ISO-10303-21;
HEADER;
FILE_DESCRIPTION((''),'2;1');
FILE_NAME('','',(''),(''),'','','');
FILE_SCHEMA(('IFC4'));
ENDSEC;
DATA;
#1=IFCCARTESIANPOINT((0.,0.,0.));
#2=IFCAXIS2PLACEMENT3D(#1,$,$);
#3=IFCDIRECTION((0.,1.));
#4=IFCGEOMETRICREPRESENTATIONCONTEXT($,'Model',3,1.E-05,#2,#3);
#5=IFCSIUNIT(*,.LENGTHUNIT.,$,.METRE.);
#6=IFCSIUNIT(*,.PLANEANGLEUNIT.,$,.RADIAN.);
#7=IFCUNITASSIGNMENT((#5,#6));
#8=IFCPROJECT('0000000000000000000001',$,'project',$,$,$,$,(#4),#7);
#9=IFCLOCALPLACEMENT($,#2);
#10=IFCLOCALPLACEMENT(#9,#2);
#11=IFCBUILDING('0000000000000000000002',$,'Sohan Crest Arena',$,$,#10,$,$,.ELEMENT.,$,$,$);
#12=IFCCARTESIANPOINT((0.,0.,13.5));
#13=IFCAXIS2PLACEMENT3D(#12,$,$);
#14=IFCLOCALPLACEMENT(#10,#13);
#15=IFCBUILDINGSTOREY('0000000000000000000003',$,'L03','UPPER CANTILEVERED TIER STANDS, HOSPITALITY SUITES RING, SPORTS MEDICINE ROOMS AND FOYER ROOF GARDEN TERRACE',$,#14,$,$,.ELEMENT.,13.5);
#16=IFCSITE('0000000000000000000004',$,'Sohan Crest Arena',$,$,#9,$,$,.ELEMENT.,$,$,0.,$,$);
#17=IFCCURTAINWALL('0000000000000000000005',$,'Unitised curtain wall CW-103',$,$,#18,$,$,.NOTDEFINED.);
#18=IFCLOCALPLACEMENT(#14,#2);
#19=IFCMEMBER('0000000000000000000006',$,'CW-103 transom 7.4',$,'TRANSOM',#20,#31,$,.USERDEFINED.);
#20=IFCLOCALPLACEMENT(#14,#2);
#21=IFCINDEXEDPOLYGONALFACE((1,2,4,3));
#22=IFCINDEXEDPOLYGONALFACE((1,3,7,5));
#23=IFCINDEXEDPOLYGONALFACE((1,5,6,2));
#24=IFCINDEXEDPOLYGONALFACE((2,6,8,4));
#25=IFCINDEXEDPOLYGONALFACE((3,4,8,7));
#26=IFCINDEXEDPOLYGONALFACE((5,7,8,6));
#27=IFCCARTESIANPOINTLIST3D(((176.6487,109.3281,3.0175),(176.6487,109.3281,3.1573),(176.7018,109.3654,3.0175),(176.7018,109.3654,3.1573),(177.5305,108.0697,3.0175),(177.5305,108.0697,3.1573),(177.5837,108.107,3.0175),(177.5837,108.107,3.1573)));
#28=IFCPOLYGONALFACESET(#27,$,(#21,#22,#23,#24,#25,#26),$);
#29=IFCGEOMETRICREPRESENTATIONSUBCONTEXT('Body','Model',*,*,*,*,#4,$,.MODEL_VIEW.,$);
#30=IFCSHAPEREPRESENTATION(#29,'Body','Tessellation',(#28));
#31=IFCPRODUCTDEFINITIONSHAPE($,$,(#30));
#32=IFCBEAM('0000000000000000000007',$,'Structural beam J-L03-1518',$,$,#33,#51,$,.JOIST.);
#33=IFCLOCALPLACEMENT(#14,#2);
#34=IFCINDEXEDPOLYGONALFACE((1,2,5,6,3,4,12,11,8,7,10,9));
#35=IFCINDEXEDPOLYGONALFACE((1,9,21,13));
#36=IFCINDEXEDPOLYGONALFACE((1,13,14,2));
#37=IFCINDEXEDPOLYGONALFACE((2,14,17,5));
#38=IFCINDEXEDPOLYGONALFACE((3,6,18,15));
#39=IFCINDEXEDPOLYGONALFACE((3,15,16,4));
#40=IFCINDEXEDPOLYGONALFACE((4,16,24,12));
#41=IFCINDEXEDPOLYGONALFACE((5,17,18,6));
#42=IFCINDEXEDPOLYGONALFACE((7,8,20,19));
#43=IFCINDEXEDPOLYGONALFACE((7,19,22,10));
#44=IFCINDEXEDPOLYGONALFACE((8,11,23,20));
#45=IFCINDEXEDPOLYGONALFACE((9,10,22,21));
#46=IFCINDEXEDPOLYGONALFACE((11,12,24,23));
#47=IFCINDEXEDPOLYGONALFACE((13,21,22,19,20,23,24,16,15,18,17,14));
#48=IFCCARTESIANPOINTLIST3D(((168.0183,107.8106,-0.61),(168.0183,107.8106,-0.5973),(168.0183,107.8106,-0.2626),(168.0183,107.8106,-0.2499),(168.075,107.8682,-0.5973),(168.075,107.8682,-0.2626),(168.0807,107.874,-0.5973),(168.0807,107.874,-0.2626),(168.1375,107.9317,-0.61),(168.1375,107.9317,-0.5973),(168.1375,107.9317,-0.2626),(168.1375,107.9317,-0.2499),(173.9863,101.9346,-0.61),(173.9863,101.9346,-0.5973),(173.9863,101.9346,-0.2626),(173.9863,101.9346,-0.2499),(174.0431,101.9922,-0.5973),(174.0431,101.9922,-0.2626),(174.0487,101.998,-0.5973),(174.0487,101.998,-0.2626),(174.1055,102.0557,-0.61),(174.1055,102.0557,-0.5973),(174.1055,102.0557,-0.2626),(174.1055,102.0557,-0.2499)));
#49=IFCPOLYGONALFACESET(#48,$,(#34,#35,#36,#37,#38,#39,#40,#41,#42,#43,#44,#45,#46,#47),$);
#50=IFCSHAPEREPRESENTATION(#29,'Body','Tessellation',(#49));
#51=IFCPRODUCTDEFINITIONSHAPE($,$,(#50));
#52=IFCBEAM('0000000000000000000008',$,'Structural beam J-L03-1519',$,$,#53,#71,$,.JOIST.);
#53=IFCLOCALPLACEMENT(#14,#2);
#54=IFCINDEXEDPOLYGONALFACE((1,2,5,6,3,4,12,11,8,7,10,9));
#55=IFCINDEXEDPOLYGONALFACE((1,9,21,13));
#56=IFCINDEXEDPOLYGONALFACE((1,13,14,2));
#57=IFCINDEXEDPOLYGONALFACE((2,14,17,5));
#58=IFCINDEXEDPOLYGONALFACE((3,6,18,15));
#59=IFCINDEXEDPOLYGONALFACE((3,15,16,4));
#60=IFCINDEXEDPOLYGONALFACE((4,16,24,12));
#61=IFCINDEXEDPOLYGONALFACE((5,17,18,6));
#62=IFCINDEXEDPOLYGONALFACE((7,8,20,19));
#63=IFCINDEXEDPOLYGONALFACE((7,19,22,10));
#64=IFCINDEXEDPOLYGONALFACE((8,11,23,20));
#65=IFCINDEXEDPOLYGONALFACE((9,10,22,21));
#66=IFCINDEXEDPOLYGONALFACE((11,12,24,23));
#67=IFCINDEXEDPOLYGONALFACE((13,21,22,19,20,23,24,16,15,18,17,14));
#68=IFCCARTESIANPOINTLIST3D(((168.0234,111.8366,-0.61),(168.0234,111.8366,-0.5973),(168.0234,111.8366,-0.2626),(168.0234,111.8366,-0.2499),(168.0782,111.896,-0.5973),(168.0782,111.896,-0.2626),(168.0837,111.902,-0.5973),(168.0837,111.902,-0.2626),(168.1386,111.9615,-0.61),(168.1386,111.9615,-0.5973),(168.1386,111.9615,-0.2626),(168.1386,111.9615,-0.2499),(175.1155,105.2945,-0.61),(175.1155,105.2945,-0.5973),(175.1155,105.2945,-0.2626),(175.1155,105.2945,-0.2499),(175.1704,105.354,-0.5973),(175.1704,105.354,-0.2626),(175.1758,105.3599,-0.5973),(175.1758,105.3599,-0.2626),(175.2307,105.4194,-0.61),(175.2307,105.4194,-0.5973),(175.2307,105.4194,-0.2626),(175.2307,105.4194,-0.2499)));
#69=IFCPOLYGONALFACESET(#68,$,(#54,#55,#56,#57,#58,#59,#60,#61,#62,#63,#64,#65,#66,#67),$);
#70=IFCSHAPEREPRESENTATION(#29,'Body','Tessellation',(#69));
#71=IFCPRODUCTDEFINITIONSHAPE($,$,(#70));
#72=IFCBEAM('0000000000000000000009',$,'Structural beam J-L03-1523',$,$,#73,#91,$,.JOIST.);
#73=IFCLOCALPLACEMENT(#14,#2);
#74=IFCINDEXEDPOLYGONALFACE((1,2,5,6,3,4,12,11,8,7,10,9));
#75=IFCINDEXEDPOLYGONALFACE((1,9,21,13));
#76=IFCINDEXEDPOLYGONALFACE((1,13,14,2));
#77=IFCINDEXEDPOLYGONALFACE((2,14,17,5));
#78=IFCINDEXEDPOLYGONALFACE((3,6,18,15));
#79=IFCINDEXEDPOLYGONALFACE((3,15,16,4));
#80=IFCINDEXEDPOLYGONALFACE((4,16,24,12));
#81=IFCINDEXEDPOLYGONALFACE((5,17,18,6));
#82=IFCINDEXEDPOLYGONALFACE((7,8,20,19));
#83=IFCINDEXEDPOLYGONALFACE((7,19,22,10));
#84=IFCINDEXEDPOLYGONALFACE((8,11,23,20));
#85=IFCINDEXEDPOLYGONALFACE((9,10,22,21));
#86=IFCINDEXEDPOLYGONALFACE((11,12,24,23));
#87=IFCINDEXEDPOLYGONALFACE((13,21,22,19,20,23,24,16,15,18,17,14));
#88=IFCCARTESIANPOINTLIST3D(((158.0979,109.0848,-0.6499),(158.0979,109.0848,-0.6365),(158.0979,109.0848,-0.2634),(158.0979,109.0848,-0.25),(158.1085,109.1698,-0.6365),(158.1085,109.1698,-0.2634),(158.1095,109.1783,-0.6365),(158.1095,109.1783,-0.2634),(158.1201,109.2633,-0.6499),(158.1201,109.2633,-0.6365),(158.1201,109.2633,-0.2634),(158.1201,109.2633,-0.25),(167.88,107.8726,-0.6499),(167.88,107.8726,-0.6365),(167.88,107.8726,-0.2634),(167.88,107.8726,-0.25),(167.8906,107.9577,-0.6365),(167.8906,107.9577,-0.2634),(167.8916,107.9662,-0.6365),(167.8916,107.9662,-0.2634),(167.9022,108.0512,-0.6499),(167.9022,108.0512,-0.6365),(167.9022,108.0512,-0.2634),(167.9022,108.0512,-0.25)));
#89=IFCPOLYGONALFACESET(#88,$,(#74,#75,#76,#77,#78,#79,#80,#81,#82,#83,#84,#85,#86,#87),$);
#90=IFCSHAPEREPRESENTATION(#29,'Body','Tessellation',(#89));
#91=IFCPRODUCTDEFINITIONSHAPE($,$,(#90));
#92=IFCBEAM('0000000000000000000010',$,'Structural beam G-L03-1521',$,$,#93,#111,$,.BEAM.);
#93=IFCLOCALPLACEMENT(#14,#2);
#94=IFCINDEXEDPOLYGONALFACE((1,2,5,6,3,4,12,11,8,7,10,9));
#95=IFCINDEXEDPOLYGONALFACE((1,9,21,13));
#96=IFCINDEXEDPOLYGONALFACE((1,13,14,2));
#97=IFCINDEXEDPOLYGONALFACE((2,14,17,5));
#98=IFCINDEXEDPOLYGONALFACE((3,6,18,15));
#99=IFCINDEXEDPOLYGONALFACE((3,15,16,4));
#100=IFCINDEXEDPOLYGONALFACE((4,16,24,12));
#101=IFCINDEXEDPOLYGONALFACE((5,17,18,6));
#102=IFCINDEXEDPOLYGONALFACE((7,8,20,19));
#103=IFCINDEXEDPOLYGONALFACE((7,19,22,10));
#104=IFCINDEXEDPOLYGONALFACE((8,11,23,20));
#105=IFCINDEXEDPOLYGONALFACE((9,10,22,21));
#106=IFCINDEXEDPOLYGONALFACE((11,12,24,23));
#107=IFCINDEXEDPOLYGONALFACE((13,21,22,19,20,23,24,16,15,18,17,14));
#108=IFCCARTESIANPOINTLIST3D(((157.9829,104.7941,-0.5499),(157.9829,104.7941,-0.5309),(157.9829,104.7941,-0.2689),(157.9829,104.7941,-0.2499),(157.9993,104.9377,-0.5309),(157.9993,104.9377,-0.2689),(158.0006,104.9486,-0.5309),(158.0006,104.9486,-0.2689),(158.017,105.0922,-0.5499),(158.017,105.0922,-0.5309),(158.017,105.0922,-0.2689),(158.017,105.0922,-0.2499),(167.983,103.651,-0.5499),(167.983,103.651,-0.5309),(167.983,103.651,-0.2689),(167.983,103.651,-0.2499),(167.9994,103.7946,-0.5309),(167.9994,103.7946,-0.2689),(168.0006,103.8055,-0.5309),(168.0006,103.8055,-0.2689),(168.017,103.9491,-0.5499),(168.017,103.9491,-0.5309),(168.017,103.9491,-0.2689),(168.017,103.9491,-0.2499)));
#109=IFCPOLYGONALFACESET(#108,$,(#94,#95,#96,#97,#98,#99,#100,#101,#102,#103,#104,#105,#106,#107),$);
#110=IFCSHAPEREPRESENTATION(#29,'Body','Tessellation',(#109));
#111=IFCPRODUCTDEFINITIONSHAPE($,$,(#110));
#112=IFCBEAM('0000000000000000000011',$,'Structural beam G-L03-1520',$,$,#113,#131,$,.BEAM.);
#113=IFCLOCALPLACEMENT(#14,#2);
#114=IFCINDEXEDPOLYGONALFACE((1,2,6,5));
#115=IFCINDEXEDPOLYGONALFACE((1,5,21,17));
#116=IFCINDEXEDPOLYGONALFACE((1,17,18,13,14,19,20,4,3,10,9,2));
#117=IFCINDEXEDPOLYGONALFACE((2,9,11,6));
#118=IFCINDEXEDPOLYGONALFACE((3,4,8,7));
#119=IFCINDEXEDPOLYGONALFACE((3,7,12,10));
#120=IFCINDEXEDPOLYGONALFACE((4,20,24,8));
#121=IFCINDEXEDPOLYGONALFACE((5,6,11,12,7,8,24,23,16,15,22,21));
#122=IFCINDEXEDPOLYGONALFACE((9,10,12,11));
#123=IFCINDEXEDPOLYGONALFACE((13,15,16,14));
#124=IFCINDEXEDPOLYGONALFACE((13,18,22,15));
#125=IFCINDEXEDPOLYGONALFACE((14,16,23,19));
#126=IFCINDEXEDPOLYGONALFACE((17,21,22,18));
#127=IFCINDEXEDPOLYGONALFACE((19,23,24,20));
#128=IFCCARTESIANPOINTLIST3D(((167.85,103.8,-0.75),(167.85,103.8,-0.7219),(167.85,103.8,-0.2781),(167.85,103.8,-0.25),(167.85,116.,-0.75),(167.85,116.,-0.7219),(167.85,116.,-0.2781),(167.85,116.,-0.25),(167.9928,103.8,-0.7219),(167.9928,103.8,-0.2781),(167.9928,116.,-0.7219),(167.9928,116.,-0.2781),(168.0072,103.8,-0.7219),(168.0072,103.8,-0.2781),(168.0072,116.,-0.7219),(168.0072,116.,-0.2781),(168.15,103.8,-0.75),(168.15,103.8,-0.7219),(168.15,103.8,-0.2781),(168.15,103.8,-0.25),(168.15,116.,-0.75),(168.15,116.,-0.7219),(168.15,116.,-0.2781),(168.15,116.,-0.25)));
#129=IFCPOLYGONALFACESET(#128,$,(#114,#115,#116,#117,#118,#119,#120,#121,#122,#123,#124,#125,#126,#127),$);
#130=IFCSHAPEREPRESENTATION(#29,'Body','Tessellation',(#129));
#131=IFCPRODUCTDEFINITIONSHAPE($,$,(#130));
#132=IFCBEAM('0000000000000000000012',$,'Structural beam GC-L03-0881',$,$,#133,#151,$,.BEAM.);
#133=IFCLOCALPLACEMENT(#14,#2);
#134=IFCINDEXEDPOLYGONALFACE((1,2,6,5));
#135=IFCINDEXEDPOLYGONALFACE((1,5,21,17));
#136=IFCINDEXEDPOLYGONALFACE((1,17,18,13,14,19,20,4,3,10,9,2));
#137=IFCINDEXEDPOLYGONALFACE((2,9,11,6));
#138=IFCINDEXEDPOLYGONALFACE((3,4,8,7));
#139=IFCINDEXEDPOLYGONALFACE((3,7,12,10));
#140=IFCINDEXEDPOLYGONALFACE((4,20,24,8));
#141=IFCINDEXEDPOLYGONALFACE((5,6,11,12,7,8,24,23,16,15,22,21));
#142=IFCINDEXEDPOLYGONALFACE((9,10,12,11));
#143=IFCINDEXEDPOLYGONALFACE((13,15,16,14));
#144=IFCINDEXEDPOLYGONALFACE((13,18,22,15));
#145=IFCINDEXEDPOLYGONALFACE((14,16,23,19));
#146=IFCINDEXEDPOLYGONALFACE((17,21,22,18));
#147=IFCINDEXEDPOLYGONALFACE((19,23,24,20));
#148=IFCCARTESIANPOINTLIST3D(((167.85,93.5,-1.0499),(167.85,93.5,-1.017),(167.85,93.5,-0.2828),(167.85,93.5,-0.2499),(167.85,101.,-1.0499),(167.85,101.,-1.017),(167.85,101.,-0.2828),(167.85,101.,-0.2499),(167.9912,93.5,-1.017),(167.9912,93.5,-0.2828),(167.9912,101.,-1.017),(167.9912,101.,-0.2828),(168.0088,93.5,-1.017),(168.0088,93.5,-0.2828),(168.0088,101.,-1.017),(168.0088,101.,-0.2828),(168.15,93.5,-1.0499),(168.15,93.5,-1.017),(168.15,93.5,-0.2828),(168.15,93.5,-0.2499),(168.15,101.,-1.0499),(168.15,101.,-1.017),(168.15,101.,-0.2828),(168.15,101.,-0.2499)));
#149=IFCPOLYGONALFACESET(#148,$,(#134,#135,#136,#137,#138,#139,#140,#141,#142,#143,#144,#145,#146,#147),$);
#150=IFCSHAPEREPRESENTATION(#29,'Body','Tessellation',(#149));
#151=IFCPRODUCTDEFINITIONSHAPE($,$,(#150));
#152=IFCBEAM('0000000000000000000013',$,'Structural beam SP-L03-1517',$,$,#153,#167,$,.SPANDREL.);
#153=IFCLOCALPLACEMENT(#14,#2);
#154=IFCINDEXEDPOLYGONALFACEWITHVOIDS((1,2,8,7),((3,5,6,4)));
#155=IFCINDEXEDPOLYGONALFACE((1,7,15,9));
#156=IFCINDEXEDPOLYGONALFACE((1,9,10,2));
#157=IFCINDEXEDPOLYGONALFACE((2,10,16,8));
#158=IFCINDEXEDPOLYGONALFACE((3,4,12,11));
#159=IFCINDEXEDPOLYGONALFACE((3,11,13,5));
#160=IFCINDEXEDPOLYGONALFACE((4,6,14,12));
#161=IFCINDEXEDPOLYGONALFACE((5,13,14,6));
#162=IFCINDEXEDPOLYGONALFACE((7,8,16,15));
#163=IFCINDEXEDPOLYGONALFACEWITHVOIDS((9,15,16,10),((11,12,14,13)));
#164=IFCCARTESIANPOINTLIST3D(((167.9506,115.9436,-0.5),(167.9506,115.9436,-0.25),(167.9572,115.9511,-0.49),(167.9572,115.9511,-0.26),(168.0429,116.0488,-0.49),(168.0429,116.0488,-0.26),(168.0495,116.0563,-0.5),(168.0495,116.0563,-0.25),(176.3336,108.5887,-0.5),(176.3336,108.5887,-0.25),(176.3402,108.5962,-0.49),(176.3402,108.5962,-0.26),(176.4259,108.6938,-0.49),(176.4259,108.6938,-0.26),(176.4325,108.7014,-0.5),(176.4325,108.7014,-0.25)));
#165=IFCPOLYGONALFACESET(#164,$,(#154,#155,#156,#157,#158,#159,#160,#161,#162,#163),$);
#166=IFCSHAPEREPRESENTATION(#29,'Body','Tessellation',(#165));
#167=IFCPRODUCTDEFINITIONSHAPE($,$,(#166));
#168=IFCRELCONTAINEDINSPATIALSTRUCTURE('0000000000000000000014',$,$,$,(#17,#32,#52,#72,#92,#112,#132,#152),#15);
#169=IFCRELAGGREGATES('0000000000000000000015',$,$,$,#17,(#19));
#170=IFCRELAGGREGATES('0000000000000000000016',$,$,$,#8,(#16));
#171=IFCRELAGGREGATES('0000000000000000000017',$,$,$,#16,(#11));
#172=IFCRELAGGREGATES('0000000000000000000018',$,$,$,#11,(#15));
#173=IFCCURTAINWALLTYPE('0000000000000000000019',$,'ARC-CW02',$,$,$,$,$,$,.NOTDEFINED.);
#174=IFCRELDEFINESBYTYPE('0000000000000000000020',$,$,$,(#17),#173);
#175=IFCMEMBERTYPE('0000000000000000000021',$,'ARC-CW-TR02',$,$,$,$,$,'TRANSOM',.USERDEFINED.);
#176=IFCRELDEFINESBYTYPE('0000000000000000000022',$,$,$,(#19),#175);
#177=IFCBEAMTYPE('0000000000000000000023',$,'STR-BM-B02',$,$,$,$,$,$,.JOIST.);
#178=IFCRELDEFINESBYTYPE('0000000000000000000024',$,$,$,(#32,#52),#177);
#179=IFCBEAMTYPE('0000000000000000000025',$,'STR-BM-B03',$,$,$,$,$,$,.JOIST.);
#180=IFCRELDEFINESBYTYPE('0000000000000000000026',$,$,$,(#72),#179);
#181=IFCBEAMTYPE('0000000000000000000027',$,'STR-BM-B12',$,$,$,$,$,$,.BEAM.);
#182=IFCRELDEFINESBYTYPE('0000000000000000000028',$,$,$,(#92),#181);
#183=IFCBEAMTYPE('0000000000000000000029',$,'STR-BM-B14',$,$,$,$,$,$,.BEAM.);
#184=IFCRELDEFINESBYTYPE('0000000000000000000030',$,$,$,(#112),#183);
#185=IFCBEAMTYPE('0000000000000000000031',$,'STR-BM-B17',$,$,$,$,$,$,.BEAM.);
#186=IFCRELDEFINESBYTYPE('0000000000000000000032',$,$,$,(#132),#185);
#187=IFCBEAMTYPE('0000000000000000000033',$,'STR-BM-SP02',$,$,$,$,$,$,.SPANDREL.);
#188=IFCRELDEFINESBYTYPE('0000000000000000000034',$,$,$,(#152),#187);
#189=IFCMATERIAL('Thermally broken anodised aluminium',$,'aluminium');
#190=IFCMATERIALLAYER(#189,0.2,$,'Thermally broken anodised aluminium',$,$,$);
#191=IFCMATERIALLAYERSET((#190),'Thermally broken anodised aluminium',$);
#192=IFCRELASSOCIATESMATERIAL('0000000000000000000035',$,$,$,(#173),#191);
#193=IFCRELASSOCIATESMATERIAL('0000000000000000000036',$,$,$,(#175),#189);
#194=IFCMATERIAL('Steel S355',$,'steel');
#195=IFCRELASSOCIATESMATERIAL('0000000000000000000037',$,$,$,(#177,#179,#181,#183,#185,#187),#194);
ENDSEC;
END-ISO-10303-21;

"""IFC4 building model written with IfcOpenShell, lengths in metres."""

from ifc_helpers import new_model, si_unit, direction, frame, origin, origin_2d, place, context, subcontext, project, spatial, rectangle, hollow_rectangle, i_section, extrude, material, layer, layer_set, material_profile, profile_set, type_object, element, aggregate, save


model = new_model("IFC4")

# Units and contexts
model_context = context("Model", 3, precision=1e-05, world=origin(), true_north=direction((0.0, 1.0)))
body_context = subcontext(model_context, "Body", "Model", "MODEL_VIEW")
ifc_project = project(units=[si_unit("LENGTHUNIT", "METRE"), si_unit("PLANEANGLEUNIT", "RADIAN")], contexts=[model_context])

# Site, building, storey
site_placement = place(None, origin())
site = spatial("IfcSite", under=ifc_project, at=site_placement, Name="Sohan Crest Arena", CompositionType="ELEMENT", RefElevation=0.0)
building_placement = place(site_placement, origin())
building = spatial("IfcBuilding", under=site, at=building_placement, Name="Sohan Crest Arena", CompositionType="ELEMENT")
storey_placement = place(building_placement, frame((0.0, 0.0, 13.5)))
storey = spatial("IfcBuildingStorey", under=building, at=storey_placement, Name="L03", Description="UPPER CANTILEVERED TIER STANDS, HOSPITALITY SUITES RING, SPORTS MEDICINE ROOMS AND FOYER ROOF GARDEN TERRACE", CompositionType="ELEMENT", Elevation=13.5)

# Shared definitions
ifc_material_1 = material(Name="Steel S355", Category="steel")

# Curtain wall, member
ifc_material_2 = material(Name="Thermally broken anodised aluminium", Category="aluminium")
ifc_layer_1 = layer(ifc_material_2, 0.2, Name="Thermally broken anodised aluminium")
ifc_layer_set_1 = layer_set([ifc_layer_1], Name="Thermally broken anodised aluminium")
curtain_wall_type = type_object("IfcCurtainWallType", Name="ARC-CW02", PredefinedType="NOTDEFINED", material=ifc_layer_set_1)
curtain_wall_placement = place(storey_placement, origin())
curtain_wall = element("IfcCurtainWall", 1, at=curtain_wall_placement, inside=storey, type_object=curtain_wall_type, Name="Unitised curtain wall CW-103", PredefinedType="NOTDEFINED")
ifc_material_profile_1 = material_profile(ifc_material_2, rectangle(XDim=0.0649, YDim=0.1399, at=origin_2d()), Name="ALU-TRAN 65x140")
ifc_profile_set_1 = profile_set([ifc_material_profile_1], Name="Thermally broken anodised aluminium")
member_type_1 = type_object("IfcMemberType", Name="ARC-CW-TR02", ElementType="TRANSOM", PredefinedType="USERDEFINED", material=ifc_profile_set_1)
member_1_placement = place(storey_placement, frame((177.5571, 108.0884, 3.0874), z_axis=(-0.57391, 0.818918, 0.0), x_axis=(-0.818918, -0.57391, 0.0)))
member_1 = element("IfcMember", 2, at=member_1_placement, type_object=member_type_1, Name="CW-103 transom 7.4", ObjectType="TRANSOM", PredefinedType="USERDEFINED", context=body_context, shape_type="SweptSolid", body=[
    extrude(rectangle(XDim=0.0649, YDim=0.1399, at=origin_2d()), origin(), (0.0, 0.0, 1.0), 1.5366),
])

# Beams
ifc_material_profile_2 = material_profile(ifc_material_1, i_section(OverallWidth=0.1699, OverallDepth=0.3601, WebThickness=0.0081, FlangeThickness=0.0127, at=origin_2d()), Name="IPE 360")
ifc_profile_set_2 = profile_set([ifc_material_profile_2], Name="Steel S355")
beam_type_1 = type_object("IfcBeamType", Name="STR-BM-B02", PredefinedType="JOIST", material=ifc_profile_set_2)
beam_1_placement = place(storey_placement, frame((174.0459, 101.9951, -0.4299), z_axis=(-0.71258, 0.701591, 0.0), x_axis=(-0.701591, -0.71258, 0.0)))
element("IfcBeam", 3, at=beam_1_placement, inside=storey, type_object=beam_type_1, Name="Structural beam J-L03-1518", PredefinedType="JOIST", context=body_context, shape_type="SweptSolid", body=[
    extrude(i_section(OverallWidth=0.1699, OverallDepth=0.3601, WebThickness=0.0081, FlangeThickness=0.0127, at=origin_2d()), origin(), (0.0, 0.0, 1.0), 8.3752),
])
beam_2_placement = place(storey_placement, frame((175.1731, 105.3569, -0.4299), z_axis=(-0.735036, 0.678028, 0.0), x_axis=(-0.678028, -0.735036, 0.0)))
element("IfcBeam", 4, at=beam_2_placement, inside=storey, type_object=beam_type_1, Name="Structural beam J-L03-1519", PredefinedType="JOIST", context=body_context, shape_type="SweptSolid", body=[
    extrude(i_section(OverallWidth=0.1699, OverallDepth=0.3601, WebThickness=0.0081, FlangeThickness=0.0127, at=origin_2d()), origin(), (0.0, 0.0, 1.0), 9.6487),
])
ifc_material_profile_3 = material_profile(ifc_material_1, i_section(OverallWidth=0.1799, OverallDepth=0.3999, WebThickness=0.0085, FlangeThickness=0.0134, at=origin_2d()), Name="IPE 400")
ifc_profile_set_3 = profile_set([ifc_material_profile_3], Name="Steel S355")
beam_type_2 = type_object("IfcBeamType", Name="STR-BM-B03", PredefinedType="JOIST", material=ifc_profile_set_3)
beam_3_placement = place(storey_placement, frame((167.8911, 107.9619, -0.45), z_axis=(-0.99241, 0.122974, 0.0), x_axis=(-0.122974, -0.99241, 0.0)))
element("IfcBeam", 5, at=beam_3_placement, inside=storey, type_object=beam_type_2, Name="Structural beam J-L03-1523", PredefinedType="JOIST", context=body_context, shape_type="SweptSolid", body=[
    extrude(i_section(OverallWidth=0.1799, OverallDepth=0.3999, WebThickness=0.0085, FlangeThickness=0.0134, at=origin_2d()), origin(), (0.0, 0.0, 1.0), 9.8569),
])
ifc_material_profile_4 = material_profile(ifc_material_1, i_section(OverallWidth=0.3, OverallDepth=0.3, WebThickness=0.011, FlangeThickness=0.019, at=origin_2d()), Name="HEB 300")
ifc_profile_set_4 = profile_set([ifc_material_profile_4], Name="Steel S355")
beam_type_3 = type_object("IfcBeamType", Name="STR-BM-B12", PredefinedType="BEAM", material=ifc_profile_set_4)
beam_4_placement = place(storey_placement, frame((168.0, 103.8, -0.3999), z_axis=(-0.99353, 0.113567, 0.0), x_axis=(-0.113567, -0.99353, 0.0)))
element("IfcBeam", 6, at=beam_4_placement, inside=storey, type_object=beam_type_3, Name="Structural beam G-L03-1521", PredefinedType="BEAM", context=body_context, shape_type="SweptSolid", body=[
    extrude(i_section(OverallWidth=0.3, OverallDepth=0.3, WebThickness=0.011, FlangeThickness=0.019, at=origin_2d()), origin(), (0.0, 0.0, 1.0), 10.0652),
])
ifc_material_profile_5 = material_profile(ifc_material_1, i_section(OverallWidth=0.3, OverallDepth=0.5, WebThickness=0.0144, FlangeThickness=0.0281, at=origin_2d()), Name="HEB 500")
ifc_profile_set_5 = profile_set([ifc_material_profile_5], Name="Steel S355")
beam_type_4 = type_object("IfcBeamType", Name="STR-BM-B14", PredefinedType="BEAM", material=ifc_profile_set_5)
beam_5_placement = place(storey_placement, frame((168.0, 103.8, -0.5), z_axis=(0.0, 1.0, 0.0), x_axis=(-1.0, 0.0, 0.0)))
element("IfcBeam", 7, at=beam_5_placement, inside=storey, type_object=beam_type_4, Name="Structural beam G-L03-1520", PredefinedType="BEAM", context=body_context, shape_type="SweptSolid", body=[
    extrude(i_section(OverallWidth=0.3, OverallDepth=0.5, WebThickness=0.0144, FlangeThickness=0.0281, at=origin_2d()), origin(), (0.0, 0.0, 1.0), 12.2),
])
ifc_material_profile_6 = material_profile(ifc_material_1, i_section(OverallWidth=0.3, OverallDepth=0.8, WebThickness=0.0176, FlangeThickness=0.033, at=origin_2d()), Name="HEB 800")
ifc_profile_set_6 = profile_set([ifc_material_profile_6], Name="Steel S355")
beam_type_5 = type_object("IfcBeamType", Name="STR-BM-B17", PredefinedType="BEAM", material=ifc_profile_set_6)
beam_6_placement = place(storey_placement, frame((168.0, 101.0, -0.6499), z_axis=(0.0, -1.0, 0.0), x_axis=(1.0, 0.0, 0.0)))
element("IfcBeam", 8, at=beam_6_placement, inside=storey, type_object=beam_type_5, Name="Structural beam GC-L03-0881", PredefinedType="BEAM", context=body_context, shape_type="SweptSolid", body=[
    extrude(i_section(OverallWidth=0.3, OverallDepth=0.8, WebThickness=0.0176, FlangeThickness=0.033, at=origin_2d()), origin(), (0.0, 0.0, 1.0), 7.5),
])
ifc_material_profile_7 = material_profile(ifc_material_1, hollow_rectangle(XDim=0.1499, YDim=0.25, WallThickness=0.01, at=origin_2d()), Name="RHS 250x150x10")
ifc_profile_set_7 = profile_set([ifc_material_profile_7], Name="Steel S355")
beam_type_6 = type_object("IfcBeamType", Name="STR-BM-SP02", PredefinedType="SPANDREL", material=ifc_profile_set_7)
beam_7_placement = place(storey_placement, frame((176.3831, 108.645, -0.375), z_axis=(-0.751696, 0.65951, 0.0), x_axis=(-0.65951, -0.751696, 0.0)))
element("IfcBeam", 9, at=beam_7_placement, inside=storey, type_object=beam_type_6, Name="Structural beam SP-L03-1517", PredefinedType="SPANDREL", context=body_context, shape_type="SweptSolid", body=[
    extrude(hollow_rectangle(XDim=0.1499, YDim=0.25, WallThickness=0.01, at=origin_2d()), origin(), (0.0, 0.0, 1.0), 11.1521),
])

aggregate(curtain_wall, [member_1])

save(model, "model.ifc")
